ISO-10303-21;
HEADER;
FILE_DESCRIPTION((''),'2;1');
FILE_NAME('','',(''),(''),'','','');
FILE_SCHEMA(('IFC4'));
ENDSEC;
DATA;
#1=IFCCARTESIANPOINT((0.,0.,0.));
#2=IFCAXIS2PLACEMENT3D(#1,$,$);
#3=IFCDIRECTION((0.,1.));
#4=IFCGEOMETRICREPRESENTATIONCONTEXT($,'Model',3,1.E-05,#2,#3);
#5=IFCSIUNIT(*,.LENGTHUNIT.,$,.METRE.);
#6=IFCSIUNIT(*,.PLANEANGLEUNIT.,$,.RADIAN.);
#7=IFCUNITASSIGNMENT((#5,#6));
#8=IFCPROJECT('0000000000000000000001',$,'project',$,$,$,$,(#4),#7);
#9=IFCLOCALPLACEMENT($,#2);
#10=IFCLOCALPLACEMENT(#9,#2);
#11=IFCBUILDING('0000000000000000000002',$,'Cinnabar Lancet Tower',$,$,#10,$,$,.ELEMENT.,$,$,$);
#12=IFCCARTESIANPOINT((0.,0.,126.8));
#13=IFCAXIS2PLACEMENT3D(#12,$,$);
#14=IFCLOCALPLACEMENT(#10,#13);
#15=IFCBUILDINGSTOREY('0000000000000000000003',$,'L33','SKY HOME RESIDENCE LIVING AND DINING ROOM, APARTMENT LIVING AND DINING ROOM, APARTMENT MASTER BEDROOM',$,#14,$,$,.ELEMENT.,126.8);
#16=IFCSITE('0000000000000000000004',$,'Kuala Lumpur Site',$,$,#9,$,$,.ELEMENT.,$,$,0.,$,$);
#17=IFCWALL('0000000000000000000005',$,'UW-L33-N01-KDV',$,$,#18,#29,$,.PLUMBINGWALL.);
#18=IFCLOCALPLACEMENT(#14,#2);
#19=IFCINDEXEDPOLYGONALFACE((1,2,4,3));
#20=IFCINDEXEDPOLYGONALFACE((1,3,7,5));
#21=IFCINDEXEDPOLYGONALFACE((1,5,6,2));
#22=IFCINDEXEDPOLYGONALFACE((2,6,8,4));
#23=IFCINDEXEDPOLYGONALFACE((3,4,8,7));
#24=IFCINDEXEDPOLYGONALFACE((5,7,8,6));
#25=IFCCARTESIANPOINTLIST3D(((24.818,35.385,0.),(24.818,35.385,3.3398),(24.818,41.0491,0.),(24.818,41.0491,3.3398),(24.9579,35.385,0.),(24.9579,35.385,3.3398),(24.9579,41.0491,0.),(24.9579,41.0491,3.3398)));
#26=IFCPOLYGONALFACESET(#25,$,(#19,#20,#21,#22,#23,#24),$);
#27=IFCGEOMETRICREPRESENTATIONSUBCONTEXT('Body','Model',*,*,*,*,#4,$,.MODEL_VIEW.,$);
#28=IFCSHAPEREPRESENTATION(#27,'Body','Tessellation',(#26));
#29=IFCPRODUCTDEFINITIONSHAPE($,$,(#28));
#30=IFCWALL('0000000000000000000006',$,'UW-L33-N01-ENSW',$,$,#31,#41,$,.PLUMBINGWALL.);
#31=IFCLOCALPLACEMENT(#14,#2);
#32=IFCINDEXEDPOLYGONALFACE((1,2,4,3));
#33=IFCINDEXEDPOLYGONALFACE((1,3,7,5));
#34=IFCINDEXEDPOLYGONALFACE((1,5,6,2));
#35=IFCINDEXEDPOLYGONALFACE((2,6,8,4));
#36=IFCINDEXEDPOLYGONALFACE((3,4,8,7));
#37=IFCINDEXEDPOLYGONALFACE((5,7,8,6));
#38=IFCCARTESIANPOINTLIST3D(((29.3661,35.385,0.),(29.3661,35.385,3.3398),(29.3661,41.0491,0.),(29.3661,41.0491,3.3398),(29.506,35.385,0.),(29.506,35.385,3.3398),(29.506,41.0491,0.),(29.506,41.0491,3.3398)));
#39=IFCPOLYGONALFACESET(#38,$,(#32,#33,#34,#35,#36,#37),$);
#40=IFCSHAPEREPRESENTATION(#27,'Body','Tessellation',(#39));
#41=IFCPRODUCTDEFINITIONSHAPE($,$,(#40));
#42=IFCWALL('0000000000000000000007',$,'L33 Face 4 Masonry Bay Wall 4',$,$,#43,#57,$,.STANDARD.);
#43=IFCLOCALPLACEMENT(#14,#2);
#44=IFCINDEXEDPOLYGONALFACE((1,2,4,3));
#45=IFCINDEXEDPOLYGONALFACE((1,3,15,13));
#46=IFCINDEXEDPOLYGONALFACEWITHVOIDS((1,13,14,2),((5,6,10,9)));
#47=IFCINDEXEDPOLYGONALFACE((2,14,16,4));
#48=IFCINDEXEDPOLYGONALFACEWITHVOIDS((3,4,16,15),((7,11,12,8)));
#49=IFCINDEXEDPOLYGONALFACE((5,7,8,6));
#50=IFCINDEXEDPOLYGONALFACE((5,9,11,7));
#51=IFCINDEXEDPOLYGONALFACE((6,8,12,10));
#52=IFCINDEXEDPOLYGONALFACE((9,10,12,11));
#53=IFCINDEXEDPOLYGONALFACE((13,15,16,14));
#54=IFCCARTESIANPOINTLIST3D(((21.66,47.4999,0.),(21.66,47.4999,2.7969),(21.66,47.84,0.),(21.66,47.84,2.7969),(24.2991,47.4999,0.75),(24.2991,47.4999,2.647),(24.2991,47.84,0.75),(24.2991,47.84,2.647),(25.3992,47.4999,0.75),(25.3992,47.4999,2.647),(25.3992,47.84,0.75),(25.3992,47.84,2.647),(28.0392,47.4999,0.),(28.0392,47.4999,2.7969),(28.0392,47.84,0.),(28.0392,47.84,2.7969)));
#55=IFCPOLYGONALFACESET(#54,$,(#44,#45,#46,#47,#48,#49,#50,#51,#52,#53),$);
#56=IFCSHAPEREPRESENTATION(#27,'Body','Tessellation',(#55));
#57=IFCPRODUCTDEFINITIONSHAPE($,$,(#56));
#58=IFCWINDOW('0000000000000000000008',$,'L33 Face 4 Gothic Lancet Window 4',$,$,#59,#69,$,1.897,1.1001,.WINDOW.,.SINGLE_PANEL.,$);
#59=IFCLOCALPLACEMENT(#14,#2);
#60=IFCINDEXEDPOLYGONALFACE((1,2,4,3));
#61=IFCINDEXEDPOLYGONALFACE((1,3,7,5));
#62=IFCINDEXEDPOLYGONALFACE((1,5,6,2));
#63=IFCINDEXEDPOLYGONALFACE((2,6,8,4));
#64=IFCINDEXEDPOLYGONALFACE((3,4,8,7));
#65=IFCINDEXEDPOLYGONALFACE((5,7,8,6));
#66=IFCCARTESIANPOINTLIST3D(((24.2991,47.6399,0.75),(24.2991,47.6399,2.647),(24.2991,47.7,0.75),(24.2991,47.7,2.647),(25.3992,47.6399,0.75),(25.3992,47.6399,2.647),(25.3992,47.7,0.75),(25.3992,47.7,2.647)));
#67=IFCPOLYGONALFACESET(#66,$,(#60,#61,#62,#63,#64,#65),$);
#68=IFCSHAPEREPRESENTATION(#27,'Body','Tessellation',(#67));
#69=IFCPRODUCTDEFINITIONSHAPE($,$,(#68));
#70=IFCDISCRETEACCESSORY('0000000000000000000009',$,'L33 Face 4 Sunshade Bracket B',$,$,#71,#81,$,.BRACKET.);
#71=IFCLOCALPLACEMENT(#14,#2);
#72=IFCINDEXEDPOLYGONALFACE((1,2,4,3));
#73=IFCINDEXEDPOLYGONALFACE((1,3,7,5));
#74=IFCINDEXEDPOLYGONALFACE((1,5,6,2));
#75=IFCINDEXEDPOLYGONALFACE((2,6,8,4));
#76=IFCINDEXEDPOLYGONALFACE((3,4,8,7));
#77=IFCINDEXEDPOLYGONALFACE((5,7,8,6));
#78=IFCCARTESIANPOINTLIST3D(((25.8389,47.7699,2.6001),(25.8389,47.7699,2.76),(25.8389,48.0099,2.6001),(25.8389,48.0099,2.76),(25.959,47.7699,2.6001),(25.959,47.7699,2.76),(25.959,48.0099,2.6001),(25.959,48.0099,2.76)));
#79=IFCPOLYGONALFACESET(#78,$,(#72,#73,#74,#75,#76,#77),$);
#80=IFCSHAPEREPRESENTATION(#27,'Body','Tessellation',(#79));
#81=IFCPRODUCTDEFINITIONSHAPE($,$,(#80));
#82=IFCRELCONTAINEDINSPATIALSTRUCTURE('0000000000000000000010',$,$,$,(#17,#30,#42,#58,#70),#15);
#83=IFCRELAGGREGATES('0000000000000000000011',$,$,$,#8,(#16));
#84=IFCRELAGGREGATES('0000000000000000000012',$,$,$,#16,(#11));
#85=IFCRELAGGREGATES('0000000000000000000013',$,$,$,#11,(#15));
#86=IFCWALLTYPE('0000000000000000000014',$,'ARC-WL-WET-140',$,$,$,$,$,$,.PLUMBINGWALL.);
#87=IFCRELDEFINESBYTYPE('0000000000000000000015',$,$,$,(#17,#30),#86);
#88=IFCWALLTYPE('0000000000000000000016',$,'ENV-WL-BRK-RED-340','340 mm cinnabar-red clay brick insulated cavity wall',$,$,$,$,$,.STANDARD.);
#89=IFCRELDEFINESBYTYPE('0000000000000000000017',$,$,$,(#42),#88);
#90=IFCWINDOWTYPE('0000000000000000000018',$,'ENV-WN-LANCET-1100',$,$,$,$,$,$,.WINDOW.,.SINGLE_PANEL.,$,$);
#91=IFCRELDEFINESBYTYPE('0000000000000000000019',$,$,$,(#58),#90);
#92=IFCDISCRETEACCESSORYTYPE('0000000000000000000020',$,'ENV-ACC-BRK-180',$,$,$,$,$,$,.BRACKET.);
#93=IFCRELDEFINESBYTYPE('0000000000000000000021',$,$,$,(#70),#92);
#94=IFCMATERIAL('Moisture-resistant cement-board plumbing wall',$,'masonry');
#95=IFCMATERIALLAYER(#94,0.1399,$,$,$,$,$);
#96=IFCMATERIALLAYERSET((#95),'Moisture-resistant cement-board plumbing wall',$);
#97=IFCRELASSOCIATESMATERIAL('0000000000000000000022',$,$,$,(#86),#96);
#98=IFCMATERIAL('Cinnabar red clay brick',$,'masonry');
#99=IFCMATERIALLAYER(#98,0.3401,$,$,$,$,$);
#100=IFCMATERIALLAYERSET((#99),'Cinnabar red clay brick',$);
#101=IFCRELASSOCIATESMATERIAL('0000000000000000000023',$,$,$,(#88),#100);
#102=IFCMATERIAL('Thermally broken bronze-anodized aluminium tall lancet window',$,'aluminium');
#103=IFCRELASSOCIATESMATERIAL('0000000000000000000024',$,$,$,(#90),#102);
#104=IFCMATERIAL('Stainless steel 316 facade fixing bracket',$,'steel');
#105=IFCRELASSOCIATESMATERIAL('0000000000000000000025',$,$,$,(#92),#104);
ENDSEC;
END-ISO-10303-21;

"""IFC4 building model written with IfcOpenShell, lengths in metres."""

from ifc_helpers import new_model, si_unit, direction, frame, frame_2d, origin, origin_2d, place, context, subcontext, project, spatial, rectangle, extrude, material, layer, layer_set, type_object, element, fill, save


model = new_model("IFC4")

# Units and contexts
model_context = context("Model", 3, precision=1e-05, world=origin(), true_north=direction((0.0, 1.0)))
body_context = subcontext(model_context, "Body", "Model", "MODEL_VIEW")
ifc_project = project(units=[si_unit("LENGTHUNIT", "METRE"), si_unit("PLANEANGLEUNIT", "RADIAN")], contexts=[model_context])

# Site, building, storey
site_placement = place(None, origin())
site = spatial("IfcSite", under=ifc_project, at=site_placement, Name="Kuala Lumpur Site", CompositionType="ELEMENT", RefElevation=0.0)
building_placement = place(site_placement, origin())
building = spatial("IfcBuilding", under=site, at=building_placement, Name="Cinnabar Lancet Tower", CompositionType="ELEMENT")
storey_placement = place(building_placement, frame((0.0, 0.0, 126.8)))
storey = spatial("IfcBuildingStorey", under=building, at=storey_placement, Name="L33", Description="SKY HOME RESIDENCE LIVING AND DINING ROOM, APARTMENT LIVING AND DINING ROOM, APARTMENT MASTER BEDROOM", CompositionType="ELEMENT", Elevation=126.8)

# Shared definitions
ifc_material_1 = material(Name="Moisture-resistant cement-board plumbing wall", Category="masonry")
ifc_layer_1 = layer(ifc_material_1, 0.1399)
ifc_layer_set_1 = layer_set([ifc_layer_1], Name="Moisture-resistant cement-board plumbing wall")
wall_type_1 = type_object("IfcWallType", Name="ARC-WL-WET-140", PredefinedType="PLUMBINGWALL", material=ifc_layer_set_1)

# Walls
for number, where, z_axis, x_axis, name in (
    (1, (24.8879, 35.385, 0.0), (0.0, 0.0, 1.0), (0.0, 1.0, 0.0), "UW-L33-N01-KDV"),
    (2, (29.436, 35.385, 0.0), (0.0, 0.0, 1.0), (0.0, 1.0, 0.0), "UW-L33-N01-ENSW"),
):
    element("IfcWall", number, at=place(storey_placement, frame(where, z_axis=z_axis, x_axis=x_axis)), inside=storey, type_object=wall_type_1, Name=name, PredefinedType="PLUMBINGWALL", context=body_context, shape_type="SweptSolid", body=[
        extrude(rectangle(XDim=5.6641, YDim=0.1399, at=frame_2d((2.832, 0.0))), origin(), (0.0, 0.0, 1.0), 3.3398),
    ])

# Wall, opening, window
ifc_material_2 = material(Name="Cinnabar red clay brick", Category="masonry")
ifc_layer_2 = layer(ifc_material_2, 0.3401)
ifc_layer_set_2 = layer_set([ifc_layer_2], Name="Cinnabar red clay brick")
wall_type_2 = type_object("IfcWallType", Name="ENV-WL-BRK-RED-340", Description="340 mm cinnabar-red clay brick insulated cavity wall", PredefinedType="STANDARD", material=ifc_layer_set_2)
wall_1_placement = place(storey_placement, frame((28.0391, 47.6699, 0.0), z_axis=(0.0, 0.0, 1.0), x_axis=(-1.0, 0.0, 0.0)))
wall_1 = element("IfcWall", 3, at=wall_1_placement, inside=storey, type_object=wall_type_2, Name="L33 Face 4 Masonry Bay Wall 4", PredefinedType="STANDARD", context=body_context, shape_type="SweptSolid", body=[
    extrude(rectangle(XDim=6.3792, YDim=0.3401, at=frame_2d((3.1895, 0.0))), origin(), (0.0, 0.0, 1.0), 2.7969),
])
opening_1_placement = place(wall_1_placement, frame((2.6399, 0.0, 0.75)))
opening_1 = element("IfcOpeningElement", 4, at=opening_1_placement, cuts=wall_1, PredefinedType="OPENING", context=body_context, shape_type="SweptSolid", body=[
    extrude(rectangle(XDim=1.1001, YDim=1.897, at=frame_2d((0.55, 0.9485))), frame((0.0, 0.1799, 0.0), z_axis=(0.0, -1.0, 0.0), x_axis=(1.0, 0.0, 0.0)), (0.0, 0.0, 1.0), 0.3601),
])
ifc_material_3 = material(Name="Thermally broken bronze-anodized aluminium tall lancet window", Category="aluminium")
window_type = type_object("IfcWindowType", Name="ENV-WN-LANCET-1100", PartitioningType="SINGLE_PANEL", PredefinedType="WINDOW", material=ifc_material_3)
window_placement = place(opening_1_placement, origin())
window = element("IfcWindow", 5, at=window_placement, inside=storey, type_object=window_type, Name="L33 Face 4 Gothic Lancet Window 4", OverallHeight=1.897, OverallWidth=1.1001, PartitioningType="SINGLE_PANEL", PredefinedType="WINDOW", context=body_context, shape_type="SweptSolid", body=[
    extrude(rectangle(XDim=1.1001, YDim=1.897, at=frame_2d((0.55, 0.9485))), frame((0.0, 0.03, 0.0), z_axis=(0.0, -1.0, 0.0), x_axis=(1.0, 0.0, 0.0)), (0.0, 0.0, 1.0), 0.0601),
])
fill(opening_1, window)

# Discrete accessory
ifc_material_4 = material(Name="Stainless steel 316 facade fixing bracket", Category="steel")
discrete_accessory_type = type_object("IfcDiscreteAccessoryType", Name="ENV-ACC-BRK-180", PredefinedType="BRACKET", material=ifc_material_4)
discrete_accessory_placement = place(storey_placement, frame((25.8989, 47.8899, 2.6001), z_axis=(0.0, 0.0, 1.0), x_axis=(-1.0, 0.0, 0.0)))
element("IfcDiscreteAccessory", 6, at=discrete_accessory_placement, inside=storey, type_object=discrete_accessory_type, Name="L33 Face 4 Sunshade Bracket B", PredefinedType="BRACKET", context=body_context, shape_type="SweptSolid", body=[
    extrude(rectangle(XDim=0.1201, YDim=0.24, at=origin_2d()), origin(), (0.0, 0.0, 1.0), 0.1599),
])

save(model, "model.ifc")
